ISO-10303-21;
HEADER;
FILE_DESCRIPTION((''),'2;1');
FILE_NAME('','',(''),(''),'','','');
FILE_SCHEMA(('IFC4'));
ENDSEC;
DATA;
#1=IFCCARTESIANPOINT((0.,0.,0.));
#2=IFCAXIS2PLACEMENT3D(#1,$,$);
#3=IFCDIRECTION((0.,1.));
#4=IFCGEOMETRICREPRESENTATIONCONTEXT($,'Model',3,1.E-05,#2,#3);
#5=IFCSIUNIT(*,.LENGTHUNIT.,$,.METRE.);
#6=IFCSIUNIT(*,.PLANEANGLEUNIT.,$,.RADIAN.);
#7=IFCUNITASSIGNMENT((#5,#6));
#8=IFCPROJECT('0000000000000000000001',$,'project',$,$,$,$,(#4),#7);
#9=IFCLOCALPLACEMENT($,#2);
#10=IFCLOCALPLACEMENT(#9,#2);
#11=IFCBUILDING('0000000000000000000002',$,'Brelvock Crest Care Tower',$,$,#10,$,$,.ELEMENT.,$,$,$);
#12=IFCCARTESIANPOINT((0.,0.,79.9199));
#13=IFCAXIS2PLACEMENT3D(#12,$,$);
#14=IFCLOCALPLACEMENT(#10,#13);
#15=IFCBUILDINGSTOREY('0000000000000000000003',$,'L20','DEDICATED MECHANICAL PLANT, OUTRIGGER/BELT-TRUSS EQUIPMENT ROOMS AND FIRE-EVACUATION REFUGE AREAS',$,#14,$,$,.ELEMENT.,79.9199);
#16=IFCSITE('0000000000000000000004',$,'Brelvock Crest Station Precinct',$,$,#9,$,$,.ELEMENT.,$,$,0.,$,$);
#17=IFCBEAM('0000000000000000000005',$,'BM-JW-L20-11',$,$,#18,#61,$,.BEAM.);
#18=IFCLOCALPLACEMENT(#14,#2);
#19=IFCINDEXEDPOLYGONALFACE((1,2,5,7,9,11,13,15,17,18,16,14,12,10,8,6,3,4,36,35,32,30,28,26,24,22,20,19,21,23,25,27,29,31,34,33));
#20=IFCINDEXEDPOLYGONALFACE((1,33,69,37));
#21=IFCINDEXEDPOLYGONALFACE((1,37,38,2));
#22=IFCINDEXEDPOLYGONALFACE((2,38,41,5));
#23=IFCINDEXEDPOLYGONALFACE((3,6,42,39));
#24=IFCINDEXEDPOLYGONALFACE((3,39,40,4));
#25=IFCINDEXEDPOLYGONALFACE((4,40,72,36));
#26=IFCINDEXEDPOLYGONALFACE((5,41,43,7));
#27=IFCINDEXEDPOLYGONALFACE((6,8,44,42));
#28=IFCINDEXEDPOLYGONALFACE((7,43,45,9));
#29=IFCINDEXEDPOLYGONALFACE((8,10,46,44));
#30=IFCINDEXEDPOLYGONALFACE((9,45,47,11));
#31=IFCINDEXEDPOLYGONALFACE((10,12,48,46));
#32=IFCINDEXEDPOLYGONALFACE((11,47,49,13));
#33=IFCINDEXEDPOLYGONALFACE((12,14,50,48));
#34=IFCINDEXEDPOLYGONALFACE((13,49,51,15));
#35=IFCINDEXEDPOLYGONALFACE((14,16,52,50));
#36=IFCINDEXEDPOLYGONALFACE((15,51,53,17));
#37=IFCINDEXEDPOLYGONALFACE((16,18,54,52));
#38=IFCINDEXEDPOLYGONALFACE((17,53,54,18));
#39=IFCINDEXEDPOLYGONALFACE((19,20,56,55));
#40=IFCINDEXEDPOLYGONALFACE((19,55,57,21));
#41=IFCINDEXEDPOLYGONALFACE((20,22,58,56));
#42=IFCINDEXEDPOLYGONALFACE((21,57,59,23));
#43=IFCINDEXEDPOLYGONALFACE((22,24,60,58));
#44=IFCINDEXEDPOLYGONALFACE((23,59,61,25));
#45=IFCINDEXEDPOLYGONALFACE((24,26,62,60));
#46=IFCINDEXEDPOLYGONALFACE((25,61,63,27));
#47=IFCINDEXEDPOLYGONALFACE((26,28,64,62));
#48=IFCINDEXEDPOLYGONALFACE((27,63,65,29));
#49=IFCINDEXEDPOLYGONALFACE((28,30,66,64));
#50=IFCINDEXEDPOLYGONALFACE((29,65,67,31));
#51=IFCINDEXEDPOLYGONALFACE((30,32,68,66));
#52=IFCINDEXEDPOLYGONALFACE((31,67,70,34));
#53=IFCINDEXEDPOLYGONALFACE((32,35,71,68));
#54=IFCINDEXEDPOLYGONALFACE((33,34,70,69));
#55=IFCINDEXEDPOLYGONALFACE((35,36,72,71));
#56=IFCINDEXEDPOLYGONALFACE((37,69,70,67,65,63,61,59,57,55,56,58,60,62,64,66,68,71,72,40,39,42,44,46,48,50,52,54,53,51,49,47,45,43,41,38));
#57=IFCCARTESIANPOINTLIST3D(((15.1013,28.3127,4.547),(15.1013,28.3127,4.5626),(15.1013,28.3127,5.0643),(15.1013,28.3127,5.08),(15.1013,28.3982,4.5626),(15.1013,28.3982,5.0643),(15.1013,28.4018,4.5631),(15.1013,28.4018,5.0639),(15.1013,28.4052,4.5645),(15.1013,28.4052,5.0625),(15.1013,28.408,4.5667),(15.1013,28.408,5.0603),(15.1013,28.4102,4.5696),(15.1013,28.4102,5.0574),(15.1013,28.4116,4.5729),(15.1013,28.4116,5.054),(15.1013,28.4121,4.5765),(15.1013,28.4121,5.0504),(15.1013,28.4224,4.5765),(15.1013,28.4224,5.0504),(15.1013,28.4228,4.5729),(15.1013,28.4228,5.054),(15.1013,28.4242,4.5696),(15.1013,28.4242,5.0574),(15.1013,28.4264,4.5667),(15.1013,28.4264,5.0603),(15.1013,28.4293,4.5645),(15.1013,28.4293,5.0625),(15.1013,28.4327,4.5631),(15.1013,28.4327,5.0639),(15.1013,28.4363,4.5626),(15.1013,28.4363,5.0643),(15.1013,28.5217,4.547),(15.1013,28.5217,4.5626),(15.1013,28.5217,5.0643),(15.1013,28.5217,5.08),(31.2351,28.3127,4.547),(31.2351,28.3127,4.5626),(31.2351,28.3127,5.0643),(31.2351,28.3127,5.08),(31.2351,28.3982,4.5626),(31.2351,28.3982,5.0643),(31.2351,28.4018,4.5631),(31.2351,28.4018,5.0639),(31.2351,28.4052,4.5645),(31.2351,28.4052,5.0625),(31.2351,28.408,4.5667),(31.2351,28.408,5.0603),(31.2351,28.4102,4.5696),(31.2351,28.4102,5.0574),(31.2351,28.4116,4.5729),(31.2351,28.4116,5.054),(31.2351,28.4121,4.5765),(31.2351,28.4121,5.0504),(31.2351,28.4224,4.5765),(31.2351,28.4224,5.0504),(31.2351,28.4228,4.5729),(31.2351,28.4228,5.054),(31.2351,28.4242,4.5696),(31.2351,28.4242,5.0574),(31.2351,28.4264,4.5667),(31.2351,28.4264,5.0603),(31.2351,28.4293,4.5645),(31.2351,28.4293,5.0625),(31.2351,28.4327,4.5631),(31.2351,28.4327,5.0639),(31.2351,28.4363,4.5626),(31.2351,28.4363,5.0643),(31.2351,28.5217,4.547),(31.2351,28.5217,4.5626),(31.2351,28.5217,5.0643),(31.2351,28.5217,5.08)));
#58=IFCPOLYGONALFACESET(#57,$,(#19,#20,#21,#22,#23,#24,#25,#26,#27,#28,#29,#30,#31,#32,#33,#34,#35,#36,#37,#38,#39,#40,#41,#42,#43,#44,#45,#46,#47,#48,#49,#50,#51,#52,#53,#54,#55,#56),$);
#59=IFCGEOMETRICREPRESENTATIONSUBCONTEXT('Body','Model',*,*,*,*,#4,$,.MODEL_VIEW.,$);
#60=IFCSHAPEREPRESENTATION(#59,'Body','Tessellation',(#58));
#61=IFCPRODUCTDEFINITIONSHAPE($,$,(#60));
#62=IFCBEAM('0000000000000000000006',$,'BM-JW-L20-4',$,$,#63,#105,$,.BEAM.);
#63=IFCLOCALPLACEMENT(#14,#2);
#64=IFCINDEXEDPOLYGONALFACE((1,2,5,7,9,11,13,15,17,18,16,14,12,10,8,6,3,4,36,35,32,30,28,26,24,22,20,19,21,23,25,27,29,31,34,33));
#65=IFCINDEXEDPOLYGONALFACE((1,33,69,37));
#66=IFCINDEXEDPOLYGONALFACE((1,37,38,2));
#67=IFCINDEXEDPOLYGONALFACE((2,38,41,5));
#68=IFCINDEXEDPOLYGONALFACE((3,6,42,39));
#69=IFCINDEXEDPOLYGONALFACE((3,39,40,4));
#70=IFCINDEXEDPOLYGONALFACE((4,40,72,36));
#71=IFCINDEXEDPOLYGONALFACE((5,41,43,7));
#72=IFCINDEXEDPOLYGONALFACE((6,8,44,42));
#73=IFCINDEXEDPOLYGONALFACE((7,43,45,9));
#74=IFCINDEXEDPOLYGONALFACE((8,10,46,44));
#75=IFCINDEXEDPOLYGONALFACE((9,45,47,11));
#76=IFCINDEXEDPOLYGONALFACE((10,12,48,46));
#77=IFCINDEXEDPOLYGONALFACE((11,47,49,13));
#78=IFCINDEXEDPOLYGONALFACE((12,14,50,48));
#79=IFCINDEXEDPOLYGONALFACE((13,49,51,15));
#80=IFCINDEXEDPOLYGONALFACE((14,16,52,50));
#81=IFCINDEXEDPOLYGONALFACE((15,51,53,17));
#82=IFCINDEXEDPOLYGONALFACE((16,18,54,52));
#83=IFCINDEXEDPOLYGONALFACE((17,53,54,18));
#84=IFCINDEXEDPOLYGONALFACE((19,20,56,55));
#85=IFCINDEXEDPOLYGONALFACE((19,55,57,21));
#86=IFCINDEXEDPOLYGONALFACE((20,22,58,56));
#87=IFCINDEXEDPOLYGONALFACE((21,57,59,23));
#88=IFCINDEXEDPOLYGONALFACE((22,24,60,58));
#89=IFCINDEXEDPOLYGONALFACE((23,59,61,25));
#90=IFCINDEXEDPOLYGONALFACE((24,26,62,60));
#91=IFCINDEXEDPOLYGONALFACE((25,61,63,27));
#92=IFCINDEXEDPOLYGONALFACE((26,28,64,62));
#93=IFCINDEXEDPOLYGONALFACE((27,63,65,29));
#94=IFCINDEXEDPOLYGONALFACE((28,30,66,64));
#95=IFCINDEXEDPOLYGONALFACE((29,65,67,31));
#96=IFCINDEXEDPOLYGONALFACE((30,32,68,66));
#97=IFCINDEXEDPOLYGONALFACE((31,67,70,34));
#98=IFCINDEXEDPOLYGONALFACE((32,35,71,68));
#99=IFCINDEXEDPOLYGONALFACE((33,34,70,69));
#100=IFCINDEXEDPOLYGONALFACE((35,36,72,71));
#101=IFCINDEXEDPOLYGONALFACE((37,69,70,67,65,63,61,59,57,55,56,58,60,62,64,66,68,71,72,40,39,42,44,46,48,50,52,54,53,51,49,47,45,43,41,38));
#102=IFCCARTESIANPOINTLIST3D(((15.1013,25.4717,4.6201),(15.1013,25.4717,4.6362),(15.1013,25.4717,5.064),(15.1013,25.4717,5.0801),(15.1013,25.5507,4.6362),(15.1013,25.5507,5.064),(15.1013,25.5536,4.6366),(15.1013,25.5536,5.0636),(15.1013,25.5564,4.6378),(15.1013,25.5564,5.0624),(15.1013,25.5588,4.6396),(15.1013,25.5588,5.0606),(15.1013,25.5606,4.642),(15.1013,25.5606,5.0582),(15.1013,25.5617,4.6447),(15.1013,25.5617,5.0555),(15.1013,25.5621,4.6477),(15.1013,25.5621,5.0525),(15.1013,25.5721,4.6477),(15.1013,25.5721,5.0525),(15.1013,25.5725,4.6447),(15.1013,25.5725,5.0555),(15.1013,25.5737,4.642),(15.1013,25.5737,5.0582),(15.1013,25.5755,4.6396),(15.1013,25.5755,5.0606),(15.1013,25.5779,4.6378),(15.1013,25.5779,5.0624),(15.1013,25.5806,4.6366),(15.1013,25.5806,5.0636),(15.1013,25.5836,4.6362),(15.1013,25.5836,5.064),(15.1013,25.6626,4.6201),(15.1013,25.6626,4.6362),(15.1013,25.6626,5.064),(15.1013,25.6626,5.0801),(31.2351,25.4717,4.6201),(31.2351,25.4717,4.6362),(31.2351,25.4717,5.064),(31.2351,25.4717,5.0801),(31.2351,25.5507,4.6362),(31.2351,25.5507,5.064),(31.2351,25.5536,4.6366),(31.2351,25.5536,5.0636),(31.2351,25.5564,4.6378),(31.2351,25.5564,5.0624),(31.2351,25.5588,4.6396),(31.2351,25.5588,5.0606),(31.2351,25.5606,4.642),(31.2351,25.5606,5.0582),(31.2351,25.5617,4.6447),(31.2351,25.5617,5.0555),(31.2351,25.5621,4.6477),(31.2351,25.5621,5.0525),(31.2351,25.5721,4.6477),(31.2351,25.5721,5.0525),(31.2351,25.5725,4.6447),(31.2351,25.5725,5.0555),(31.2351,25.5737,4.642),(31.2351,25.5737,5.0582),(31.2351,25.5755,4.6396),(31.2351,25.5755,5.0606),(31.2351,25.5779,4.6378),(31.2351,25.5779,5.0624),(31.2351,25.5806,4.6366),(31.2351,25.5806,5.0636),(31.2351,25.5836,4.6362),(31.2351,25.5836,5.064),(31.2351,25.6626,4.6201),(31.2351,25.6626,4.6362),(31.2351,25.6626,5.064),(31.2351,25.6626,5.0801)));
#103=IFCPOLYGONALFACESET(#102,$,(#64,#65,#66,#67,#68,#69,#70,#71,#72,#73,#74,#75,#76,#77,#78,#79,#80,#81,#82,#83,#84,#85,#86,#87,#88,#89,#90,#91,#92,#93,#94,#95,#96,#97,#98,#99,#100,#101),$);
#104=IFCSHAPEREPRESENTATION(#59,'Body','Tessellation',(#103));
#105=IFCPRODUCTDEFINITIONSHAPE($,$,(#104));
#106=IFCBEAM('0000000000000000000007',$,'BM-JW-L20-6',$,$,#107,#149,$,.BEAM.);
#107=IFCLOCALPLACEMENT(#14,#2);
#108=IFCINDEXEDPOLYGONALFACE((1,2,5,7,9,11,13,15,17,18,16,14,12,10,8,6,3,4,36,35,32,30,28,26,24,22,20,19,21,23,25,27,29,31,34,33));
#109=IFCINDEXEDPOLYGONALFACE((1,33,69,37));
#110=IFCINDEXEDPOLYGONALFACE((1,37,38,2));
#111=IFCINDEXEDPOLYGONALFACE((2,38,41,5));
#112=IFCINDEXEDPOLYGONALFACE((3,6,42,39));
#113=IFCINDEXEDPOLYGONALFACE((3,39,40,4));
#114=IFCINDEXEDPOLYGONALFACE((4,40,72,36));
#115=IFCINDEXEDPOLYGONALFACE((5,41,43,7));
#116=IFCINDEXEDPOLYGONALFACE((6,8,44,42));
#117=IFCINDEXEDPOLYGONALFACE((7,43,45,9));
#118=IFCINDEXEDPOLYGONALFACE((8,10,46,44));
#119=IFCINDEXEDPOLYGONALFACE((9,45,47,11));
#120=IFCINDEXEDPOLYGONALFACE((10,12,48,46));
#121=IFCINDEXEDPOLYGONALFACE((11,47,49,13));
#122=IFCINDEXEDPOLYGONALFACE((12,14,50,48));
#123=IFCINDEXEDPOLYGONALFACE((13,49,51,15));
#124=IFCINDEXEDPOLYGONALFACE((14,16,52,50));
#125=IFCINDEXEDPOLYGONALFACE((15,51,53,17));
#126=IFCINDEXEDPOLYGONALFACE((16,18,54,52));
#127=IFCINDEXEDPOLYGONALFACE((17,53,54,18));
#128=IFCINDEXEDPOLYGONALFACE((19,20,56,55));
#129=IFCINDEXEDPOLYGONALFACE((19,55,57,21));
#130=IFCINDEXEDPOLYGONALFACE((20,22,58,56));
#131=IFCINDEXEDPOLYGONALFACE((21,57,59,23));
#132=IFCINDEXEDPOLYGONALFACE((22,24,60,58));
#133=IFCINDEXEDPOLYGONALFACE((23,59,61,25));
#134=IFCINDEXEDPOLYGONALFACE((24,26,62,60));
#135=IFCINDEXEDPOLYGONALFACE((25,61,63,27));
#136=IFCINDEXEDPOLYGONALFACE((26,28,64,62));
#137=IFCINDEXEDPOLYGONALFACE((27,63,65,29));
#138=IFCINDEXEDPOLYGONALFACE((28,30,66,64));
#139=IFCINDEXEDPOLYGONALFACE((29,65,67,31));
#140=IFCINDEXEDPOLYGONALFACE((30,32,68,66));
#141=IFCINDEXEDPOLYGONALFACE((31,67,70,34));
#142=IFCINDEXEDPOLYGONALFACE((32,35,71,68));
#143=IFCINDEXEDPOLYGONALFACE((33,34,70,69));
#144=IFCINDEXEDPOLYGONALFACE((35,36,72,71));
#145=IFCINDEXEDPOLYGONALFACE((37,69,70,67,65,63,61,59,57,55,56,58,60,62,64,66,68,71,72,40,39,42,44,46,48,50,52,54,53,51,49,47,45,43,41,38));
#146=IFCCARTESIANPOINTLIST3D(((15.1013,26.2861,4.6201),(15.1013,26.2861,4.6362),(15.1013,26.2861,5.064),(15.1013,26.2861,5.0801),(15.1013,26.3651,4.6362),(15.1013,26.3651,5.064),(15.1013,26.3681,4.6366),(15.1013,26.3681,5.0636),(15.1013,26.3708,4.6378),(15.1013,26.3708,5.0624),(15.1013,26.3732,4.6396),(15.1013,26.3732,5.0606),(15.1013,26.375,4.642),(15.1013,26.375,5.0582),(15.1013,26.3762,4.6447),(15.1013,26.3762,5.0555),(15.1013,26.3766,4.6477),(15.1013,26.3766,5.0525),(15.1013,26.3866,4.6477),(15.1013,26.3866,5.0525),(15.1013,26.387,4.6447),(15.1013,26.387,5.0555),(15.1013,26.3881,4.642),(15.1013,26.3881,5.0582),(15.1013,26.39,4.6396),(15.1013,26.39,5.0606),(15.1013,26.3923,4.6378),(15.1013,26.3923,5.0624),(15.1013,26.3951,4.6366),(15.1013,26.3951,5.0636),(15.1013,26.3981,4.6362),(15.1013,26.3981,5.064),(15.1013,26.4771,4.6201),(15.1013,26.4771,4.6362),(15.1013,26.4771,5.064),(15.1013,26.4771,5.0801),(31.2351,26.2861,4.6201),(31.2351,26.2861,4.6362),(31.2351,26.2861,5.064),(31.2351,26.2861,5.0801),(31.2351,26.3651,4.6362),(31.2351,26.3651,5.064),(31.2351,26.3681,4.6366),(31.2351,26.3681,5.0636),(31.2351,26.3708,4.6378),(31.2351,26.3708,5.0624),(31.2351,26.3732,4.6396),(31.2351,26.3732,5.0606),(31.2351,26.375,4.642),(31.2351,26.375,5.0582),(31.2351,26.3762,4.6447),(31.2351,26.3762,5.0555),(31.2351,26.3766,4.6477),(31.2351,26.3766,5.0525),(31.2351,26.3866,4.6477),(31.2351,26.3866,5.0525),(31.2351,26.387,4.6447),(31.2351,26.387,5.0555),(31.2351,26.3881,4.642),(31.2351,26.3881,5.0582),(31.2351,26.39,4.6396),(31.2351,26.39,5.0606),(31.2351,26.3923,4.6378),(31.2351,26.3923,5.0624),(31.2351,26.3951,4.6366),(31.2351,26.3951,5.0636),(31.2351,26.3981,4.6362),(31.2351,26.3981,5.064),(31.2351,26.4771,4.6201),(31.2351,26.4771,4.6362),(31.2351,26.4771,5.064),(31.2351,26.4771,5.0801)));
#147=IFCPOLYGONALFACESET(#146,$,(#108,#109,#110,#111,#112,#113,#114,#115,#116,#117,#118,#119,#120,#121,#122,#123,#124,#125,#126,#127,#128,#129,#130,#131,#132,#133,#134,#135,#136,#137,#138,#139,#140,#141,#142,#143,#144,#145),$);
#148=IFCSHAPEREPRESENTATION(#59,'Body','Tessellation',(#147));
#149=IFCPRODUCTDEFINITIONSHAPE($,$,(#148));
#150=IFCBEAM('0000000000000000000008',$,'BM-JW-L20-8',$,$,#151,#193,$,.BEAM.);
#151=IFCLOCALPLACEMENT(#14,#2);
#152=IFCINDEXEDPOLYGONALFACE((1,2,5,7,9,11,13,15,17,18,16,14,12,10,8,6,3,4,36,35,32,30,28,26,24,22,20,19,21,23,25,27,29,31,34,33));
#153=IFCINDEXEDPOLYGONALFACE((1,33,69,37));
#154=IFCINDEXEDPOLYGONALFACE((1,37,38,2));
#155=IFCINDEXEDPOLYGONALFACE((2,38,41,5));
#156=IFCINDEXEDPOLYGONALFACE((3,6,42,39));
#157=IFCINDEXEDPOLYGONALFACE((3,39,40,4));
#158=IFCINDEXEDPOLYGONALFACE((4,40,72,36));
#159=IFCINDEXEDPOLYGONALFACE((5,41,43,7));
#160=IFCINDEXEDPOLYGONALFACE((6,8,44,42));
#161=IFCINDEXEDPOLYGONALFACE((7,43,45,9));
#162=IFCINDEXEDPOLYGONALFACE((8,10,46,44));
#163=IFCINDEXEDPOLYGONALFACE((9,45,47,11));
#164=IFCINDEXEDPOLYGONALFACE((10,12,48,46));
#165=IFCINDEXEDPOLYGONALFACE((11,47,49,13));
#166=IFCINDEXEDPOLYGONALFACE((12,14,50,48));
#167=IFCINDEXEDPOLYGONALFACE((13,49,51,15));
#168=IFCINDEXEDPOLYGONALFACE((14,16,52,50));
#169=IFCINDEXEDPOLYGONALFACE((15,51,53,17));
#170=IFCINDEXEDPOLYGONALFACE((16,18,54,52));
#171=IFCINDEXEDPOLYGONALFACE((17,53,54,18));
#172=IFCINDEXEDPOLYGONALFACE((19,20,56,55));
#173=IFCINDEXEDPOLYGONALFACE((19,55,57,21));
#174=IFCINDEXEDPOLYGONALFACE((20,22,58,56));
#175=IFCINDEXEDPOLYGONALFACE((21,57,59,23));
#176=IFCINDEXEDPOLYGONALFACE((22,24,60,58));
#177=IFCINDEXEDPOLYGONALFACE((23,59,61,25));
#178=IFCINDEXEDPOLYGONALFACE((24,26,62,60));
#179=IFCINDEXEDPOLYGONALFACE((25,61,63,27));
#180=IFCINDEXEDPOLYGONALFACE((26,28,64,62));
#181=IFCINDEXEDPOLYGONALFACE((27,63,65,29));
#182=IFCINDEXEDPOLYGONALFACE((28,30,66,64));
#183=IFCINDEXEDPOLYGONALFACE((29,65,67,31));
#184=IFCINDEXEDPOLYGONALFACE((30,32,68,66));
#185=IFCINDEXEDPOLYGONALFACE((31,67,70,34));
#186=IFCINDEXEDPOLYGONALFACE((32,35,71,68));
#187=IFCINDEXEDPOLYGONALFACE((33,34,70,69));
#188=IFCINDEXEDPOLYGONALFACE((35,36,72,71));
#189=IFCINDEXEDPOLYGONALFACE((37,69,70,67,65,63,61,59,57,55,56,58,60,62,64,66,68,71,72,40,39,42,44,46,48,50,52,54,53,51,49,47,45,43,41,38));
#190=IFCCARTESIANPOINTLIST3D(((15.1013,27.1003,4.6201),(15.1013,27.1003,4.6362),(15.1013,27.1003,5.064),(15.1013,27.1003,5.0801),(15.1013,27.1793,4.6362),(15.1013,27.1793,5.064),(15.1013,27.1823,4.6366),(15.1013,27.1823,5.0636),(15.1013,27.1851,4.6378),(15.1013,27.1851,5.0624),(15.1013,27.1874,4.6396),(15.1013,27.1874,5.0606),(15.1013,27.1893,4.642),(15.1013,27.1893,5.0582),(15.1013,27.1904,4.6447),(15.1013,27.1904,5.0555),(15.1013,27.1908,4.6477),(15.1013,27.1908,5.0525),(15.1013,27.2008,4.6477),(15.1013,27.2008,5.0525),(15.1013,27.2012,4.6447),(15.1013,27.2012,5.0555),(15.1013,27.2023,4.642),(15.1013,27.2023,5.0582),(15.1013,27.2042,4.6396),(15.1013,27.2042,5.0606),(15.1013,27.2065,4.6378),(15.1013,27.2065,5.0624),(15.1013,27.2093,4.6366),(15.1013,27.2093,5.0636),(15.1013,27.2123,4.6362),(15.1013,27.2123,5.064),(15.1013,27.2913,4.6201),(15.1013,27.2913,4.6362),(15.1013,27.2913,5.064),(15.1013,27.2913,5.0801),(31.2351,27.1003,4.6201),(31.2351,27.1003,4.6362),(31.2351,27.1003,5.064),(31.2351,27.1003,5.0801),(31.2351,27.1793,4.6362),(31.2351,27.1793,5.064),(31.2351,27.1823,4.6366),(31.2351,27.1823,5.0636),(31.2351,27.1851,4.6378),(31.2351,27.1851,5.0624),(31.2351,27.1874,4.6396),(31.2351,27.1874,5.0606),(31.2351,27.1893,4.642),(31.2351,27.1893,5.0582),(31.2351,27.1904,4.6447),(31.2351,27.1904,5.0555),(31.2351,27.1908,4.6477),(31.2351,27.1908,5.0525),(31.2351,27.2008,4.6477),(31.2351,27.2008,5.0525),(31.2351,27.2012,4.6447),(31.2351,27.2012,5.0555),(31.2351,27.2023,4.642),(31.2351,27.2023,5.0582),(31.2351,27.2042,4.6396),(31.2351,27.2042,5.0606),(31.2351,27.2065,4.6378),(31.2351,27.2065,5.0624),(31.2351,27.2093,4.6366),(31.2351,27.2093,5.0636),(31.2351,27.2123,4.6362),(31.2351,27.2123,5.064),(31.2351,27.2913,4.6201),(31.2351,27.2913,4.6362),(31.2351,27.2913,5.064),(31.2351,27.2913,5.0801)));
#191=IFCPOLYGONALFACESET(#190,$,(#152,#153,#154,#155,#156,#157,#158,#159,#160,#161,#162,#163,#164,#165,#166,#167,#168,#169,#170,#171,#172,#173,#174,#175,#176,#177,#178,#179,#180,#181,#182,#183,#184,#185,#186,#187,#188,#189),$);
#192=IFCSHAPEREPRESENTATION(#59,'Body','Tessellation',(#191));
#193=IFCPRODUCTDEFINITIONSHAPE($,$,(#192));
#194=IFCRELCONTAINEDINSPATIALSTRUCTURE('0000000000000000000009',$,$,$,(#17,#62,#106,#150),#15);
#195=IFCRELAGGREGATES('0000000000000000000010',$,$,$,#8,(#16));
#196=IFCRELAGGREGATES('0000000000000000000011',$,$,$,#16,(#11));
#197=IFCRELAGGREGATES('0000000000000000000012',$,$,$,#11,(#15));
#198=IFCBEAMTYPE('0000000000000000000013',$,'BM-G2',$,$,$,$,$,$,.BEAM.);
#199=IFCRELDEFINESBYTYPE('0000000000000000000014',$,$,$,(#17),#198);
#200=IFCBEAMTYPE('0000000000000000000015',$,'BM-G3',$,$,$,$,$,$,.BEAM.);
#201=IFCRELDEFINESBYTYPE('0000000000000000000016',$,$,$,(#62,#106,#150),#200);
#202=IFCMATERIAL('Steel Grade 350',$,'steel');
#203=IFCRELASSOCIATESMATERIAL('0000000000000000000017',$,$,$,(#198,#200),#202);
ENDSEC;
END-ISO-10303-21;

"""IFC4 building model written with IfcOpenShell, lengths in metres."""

from ifc_helpers import new_model, si_unit, direction, frame, origin, origin_2d, place, context, subcontext, project, spatial, i_section, extrude, source, transform, mapped, material, material_profile, profile_set, type_object, element, save


model = new_model("IFC4")

# Units and contexts
model_context = context("Model", 3, precision=1e-05, world=origin(), true_north=direction((0.0, 1.0)))
body_context = subcontext(model_context, "Body", "Model", "MODEL_VIEW")
ifc_project = project(units=[si_unit("LENGTHUNIT", "METRE"), si_unit("PLANEANGLEUNIT", "RADIAN")], contexts=[model_context])

# Site, building, storey
site_placement = place(None, origin())
site = spatial("IfcSite", under=ifc_project, at=site_placement, Name="Brelvock Crest Station Precinct", CompositionType="ELEMENT", RefElevation=0.0)
building_placement = place(site_placement, origin())
building = spatial("IfcBuilding", under=site, at=building_placement, Name="Brelvock Crest Care Tower", CompositionType="ELEMENT")
storey_placement = place(building_placement, frame((0.0, 0.0, 79.9199)))
storey = spatial("IfcBuildingStorey", under=building, at=storey_placement, Name="L20", Description="DEDICATED MECHANICAL PLANT, OUTRIGGER/BELT-TRUSS EQUIPMENT ROOMS AND FIRE-EVACUATION REFUGE AREAS", CompositionType="ELEMENT", Elevation=79.9199)

# Shared definitions
ifc_material_1 = material(Name="Steel Grade 350", Category="steel")

# Beams
ifc_material_profile_1 = material_profile(ifc_material_1, i_section(OverallWidth=0.209, OverallDepth=0.533, WebThickness=0.0103, FlangeThickness=0.0156, FilletRadius=0.0139, at=origin_2d()), Name="530UB92.4")
ifc_profile_set_1 = profile_set([ifc_material_profile_1], Name="Steel Grade 350")
beam_type_1 = type_object("IfcBeamType", Name="BM-G2", PredefinedType="BEAM", material=ifc_profile_set_1)
shared_shape_1 = source(origin(), body_context, "Body", "SweptSolid", [
    extrude(i_section(OverallWidth=0.209, OverallDepth=0.533, WebThickness=0.0103, FlangeThickness=0.0156, FilletRadius=0.0139, at=origin_2d()), origin(), (0.0, 0.0, 1.0), 16.1338),
])
for number, where, z_axis, x_axis, name in (
    (1, (15.1013, 28.4172, 4.8135), (1.0, 0.0, 0.0), (0.0, 1.0, 0.0), "BM-JW-L20-11"),
):
    element("IfcBeam", number, at=place(storey_placement, frame(where, z_axis=z_axis, x_axis=x_axis)), inside=storey, type_object=beam_type_1, Name=name, PredefinedType="BEAM", context=body_context, shape_type="MappedRepresentation", body=[
        mapped(shared_shape_1, transform((0.0, 0.0, 0.0), x_axis=(1.0, 0.0, 0.0), y_axis=(0.0, 1.0, 0.0), z_axis=(0.0, 0.0, 1.0), scale=1.0)),
    ])
ifc_material_profile_2 = material_profile(ifc_material_1, i_section(OverallWidth=0.1909, OverallDepth=0.46, WebThickness=0.01, FlangeThickness=0.0161, FilletRadius=0.0115, at=origin_2d()), Name="460UB82.1")
ifc_profile_set_2 = profile_set([ifc_material_profile_2], Name="Steel Grade 350")
beam_type_2 = type_object("IfcBeamType", Name="BM-G3", PredefinedType="BEAM", material=ifc_profile_set_2)
shared_shape_2 = source(origin(), body_context, "Body", "SweptSolid", [
    extrude(i_section(OverallWidth=0.1909, OverallDepth=0.46, WebThickness=0.01, FlangeThickness=0.0161, FilletRadius=0.0115, at=origin_2d()), origin(), (0.0, 0.0, 1.0), 16.1338),
])
for number, where, z_axis, x_axis, name in (
    (2, (15.1013, 25.5671, 4.8501), (1.0, 0.0, 0.0), (0.0, 1.0, 0.0), "BM-JW-L20-4"),
    (3, (15.1013, 26.3816, 4.8501), (1.0, 0.0, 0.0), (0.0, 1.0, 0.0), "BM-JW-L20-6"),
    (4, (15.1013, 27.1958, 4.8501), (1.0, 0.0, 0.0), (0.0, 1.0, 0.0), "BM-JW-L20-8"),
):
    element("IfcBeam", number, at=place(storey_placement, frame(where, z_axis=z_axis, x_axis=x_axis)), inside=storey, type_object=beam_type_2, Name=name, PredefinedType="BEAM", context=body_context, shape_type="MappedRepresentation", body=[
        mapped(shared_shape_2, transform((0.0, 0.0, 0.0), x_axis=(1.0, 0.0, 0.0), y_axis=(0.0, 1.0, 0.0), z_axis=(0.0, 0.0, 1.0), scale=1.0)),
    ])

save(model, "model.ifc")
